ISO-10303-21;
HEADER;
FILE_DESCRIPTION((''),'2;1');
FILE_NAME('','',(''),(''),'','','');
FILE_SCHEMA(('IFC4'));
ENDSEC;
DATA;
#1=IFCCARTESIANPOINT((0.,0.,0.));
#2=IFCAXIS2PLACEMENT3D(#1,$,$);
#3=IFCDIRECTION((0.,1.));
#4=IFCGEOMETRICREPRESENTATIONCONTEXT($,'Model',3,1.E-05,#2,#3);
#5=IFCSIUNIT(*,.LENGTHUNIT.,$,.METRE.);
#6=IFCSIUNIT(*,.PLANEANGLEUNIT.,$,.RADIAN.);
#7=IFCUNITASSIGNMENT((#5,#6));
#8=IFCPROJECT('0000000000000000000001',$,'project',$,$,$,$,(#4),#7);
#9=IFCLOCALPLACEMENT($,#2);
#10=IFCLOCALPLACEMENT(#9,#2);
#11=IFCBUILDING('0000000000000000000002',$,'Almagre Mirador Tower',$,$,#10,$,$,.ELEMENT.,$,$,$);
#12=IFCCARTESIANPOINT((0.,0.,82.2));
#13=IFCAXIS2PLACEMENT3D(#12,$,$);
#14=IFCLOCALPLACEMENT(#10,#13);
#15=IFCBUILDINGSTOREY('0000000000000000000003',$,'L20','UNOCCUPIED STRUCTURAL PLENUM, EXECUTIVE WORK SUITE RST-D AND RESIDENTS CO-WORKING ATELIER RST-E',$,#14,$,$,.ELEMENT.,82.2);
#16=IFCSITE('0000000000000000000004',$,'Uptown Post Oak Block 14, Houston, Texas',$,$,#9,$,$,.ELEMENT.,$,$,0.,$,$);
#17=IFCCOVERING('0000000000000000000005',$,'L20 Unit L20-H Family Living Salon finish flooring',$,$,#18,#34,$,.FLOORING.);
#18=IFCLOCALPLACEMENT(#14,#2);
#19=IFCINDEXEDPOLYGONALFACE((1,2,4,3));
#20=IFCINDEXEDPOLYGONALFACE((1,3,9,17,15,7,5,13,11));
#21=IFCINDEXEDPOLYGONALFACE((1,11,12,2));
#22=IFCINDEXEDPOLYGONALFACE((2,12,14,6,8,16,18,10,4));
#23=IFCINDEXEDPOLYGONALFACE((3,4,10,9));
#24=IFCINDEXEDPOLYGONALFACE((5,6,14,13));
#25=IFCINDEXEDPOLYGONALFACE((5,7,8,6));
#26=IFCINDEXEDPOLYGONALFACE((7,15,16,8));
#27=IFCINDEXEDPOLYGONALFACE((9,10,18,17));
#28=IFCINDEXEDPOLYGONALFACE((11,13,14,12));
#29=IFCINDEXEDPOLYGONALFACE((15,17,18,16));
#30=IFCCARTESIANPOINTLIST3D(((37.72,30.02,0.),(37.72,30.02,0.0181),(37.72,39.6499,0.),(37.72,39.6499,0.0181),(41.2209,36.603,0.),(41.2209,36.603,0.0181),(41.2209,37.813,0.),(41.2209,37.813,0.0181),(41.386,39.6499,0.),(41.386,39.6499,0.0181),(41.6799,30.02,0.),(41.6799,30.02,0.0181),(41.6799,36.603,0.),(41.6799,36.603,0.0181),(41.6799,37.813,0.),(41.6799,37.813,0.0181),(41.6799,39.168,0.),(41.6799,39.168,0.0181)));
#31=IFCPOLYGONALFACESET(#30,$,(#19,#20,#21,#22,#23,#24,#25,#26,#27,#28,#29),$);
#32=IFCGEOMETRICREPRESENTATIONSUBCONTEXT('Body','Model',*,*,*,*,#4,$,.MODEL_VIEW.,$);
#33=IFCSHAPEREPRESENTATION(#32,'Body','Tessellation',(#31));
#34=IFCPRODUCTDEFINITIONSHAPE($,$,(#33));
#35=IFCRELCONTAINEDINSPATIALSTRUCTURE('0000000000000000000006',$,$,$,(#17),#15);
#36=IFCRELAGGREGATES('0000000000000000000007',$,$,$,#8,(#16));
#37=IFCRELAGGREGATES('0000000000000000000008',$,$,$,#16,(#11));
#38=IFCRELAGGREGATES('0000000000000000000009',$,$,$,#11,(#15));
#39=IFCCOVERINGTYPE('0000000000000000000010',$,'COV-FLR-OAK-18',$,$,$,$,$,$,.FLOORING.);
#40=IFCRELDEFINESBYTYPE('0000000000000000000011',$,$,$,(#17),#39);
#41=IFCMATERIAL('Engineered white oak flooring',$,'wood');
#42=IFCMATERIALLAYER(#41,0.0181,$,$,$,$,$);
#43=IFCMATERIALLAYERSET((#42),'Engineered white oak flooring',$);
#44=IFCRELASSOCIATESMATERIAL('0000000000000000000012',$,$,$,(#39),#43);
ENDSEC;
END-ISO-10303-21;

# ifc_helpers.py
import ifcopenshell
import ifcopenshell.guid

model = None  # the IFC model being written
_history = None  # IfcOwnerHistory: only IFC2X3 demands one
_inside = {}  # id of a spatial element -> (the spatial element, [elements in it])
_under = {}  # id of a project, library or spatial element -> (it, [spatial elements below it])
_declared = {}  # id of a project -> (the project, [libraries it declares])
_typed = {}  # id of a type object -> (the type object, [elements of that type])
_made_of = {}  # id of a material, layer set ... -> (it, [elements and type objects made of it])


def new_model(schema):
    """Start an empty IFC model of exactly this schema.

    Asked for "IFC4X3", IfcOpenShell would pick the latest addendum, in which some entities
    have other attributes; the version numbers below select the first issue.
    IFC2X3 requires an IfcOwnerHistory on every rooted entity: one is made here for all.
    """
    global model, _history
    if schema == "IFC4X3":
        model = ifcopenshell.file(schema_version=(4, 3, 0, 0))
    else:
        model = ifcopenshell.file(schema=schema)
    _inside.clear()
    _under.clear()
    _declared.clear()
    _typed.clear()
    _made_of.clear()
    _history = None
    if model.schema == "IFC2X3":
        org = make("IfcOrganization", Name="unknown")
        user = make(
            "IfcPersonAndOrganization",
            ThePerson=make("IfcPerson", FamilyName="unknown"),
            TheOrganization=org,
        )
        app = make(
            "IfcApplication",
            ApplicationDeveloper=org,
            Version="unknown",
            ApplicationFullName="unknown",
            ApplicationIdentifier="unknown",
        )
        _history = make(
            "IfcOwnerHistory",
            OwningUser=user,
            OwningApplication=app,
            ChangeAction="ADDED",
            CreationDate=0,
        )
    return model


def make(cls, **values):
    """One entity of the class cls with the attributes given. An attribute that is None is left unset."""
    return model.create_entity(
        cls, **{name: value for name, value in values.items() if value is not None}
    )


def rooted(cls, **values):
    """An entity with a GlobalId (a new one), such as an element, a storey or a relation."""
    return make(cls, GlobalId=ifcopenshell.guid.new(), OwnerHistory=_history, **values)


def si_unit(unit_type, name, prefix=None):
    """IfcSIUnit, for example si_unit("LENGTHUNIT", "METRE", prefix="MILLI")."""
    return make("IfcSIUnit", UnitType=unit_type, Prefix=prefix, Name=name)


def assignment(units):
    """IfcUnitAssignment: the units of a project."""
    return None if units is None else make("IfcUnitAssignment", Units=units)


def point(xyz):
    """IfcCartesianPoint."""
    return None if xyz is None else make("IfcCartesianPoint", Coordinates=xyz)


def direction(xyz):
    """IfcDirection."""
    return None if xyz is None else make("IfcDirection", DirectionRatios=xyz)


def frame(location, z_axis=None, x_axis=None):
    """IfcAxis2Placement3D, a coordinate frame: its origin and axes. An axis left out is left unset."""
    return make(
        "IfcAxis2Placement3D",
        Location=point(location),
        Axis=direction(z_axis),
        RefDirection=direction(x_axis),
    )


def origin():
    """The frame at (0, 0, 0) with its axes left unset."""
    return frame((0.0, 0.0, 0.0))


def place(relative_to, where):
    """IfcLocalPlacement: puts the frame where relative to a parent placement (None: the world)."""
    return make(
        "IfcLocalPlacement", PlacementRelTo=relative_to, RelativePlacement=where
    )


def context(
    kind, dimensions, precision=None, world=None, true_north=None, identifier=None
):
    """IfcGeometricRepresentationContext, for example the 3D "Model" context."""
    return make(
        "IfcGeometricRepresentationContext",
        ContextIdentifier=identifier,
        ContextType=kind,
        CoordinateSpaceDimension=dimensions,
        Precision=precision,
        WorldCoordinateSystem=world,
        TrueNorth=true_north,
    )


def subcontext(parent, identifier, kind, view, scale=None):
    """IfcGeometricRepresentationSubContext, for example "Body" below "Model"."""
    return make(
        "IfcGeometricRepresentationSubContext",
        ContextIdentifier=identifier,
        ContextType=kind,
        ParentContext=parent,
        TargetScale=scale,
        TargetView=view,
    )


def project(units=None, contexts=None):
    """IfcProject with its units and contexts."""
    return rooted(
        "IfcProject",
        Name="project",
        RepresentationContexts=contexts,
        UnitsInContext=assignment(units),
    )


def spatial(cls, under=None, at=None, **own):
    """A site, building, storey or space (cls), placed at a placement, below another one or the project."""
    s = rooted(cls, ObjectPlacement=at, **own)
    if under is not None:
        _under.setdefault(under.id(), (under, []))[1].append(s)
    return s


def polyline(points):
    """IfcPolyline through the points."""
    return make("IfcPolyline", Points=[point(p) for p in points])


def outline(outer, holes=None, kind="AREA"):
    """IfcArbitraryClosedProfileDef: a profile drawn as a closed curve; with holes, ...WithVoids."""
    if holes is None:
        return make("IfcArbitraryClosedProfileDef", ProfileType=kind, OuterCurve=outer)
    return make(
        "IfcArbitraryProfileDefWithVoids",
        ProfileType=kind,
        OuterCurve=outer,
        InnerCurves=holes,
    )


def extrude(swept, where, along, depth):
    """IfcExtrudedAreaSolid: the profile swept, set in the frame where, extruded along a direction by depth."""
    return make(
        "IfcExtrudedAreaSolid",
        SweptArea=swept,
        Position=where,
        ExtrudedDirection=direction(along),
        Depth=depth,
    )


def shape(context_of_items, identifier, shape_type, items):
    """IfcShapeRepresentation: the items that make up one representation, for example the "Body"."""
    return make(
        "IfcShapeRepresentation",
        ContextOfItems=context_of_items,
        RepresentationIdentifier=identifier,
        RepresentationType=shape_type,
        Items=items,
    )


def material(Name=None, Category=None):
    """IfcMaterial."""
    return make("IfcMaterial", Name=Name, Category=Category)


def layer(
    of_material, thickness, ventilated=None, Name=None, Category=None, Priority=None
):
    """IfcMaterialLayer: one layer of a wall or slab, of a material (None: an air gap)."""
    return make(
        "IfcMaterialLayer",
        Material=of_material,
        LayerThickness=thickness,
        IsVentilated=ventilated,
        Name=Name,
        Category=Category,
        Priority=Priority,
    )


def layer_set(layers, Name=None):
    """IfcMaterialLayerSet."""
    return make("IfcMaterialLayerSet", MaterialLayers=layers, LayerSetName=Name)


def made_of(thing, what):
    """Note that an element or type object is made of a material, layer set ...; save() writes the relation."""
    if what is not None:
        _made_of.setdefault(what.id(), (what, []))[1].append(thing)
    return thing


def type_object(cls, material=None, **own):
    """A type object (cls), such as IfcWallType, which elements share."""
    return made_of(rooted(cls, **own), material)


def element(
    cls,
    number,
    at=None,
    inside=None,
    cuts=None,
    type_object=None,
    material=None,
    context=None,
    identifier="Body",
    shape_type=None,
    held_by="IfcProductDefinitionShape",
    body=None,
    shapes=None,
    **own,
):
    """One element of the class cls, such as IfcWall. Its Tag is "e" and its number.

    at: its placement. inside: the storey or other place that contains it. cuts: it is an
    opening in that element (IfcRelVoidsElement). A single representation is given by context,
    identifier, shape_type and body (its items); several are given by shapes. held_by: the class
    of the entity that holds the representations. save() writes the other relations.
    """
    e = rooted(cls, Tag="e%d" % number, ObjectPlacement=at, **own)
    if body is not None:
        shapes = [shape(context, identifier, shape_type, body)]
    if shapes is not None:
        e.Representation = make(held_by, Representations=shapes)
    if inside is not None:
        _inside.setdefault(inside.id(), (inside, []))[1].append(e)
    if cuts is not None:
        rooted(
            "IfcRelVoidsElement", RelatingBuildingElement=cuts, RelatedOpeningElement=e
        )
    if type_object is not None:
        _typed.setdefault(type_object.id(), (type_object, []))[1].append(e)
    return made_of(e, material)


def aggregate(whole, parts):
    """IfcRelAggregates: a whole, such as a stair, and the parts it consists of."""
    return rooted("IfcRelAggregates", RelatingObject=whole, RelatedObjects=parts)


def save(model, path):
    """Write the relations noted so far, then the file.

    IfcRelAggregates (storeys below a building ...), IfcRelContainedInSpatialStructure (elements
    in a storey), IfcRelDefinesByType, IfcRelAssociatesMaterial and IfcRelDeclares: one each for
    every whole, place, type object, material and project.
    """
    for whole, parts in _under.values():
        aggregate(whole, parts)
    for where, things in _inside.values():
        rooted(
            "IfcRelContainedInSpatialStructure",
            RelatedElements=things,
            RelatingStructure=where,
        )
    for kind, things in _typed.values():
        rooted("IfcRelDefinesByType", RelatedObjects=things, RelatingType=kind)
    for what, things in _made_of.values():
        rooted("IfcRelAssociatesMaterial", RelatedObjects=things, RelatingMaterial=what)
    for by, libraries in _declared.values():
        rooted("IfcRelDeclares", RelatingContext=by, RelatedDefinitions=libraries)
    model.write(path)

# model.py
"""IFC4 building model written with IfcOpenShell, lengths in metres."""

from ifc_helpers import new_model, si_unit, direction, frame, origin, place, context, subcontext, project, spatial, polyline, outline, extrude, material, layer, layer_set, type_object, element, save


model = new_model("IFC4")

# Units and contexts
model_context = context("Model", 3, precision=1e-05, world=origin(), true_north=direction((0.0, 1.0)))
body_context = subcontext(model_context, "Body", "Model", "MODEL_VIEW")
ifc_project = project(units=[si_unit("LENGTHUNIT", "METRE"), si_unit("PLANEANGLEUNIT", "RADIAN")], contexts=[model_context])

# Site, building, storey
site_placement = place(None, origin())
site = spatial("IfcSite", under=ifc_project, at=site_placement, Name="Uptown Post Oak Block 14, Houston, Texas", CompositionType="ELEMENT", RefElevation=0.0)
building_placement = place(site_placement, origin())
building = spatial("IfcBuilding", under=site, at=building_placement, Name="Almagre Mirador Tower", CompositionType="ELEMENT")
storey_placement = place(building_placement, frame((0.0, 0.0, 82.2)))
storey = spatial("IfcBuildingStorey", under=building, at=storey_placement, Name="L20", Description="UNOCCUPIED STRUCTURAL PLENUM, EXECUTIVE WORK SUITE RST-D AND RESIDENTS CO-WORKING ATELIER RST-E", CompositionType="ELEMENT", Elevation=82.2)

# Covering
ifc_material_1 = material(Name="Engineered white oak flooring", Category="wood")
ifc_layer_1 = layer(ifc_material_1, 0.0181)
ifc_layer_set_1 = layer_set([ifc_layer_1], Name="Engineered white oak flooring")
covering_type = type_object("IfcCoveringType", Name="COV-FLR-OAK-18", PredefinedType="FLOORING", material=ifc_layer_set_1)
covering_1_placement = place(storey_placement, origin())
element("IfcCovering", 1, at=covering_1_placement, inside=storey, type_object=covering_type, Name="L20 Unit L20-H Family Living Salon finish flooring", PredefinedType="FLOORING", context=body_context, shape_type="SweptSolid", body=[
    extrude(outline(polyline([(41.6799, 37.813), (41.2209, 37.813), (41.2209, 36.603), (41.6799, 36.603), (41.6799, 30.02), (37.72, 30.02), (37.72, 39.6499), (41.386, 39.6499), (41.6799, 39.168), (41.6799, 37.813)])), origin(), (0.0, 0.0, 1.0), 0.0181),
])

save(model, "model.ifc")
